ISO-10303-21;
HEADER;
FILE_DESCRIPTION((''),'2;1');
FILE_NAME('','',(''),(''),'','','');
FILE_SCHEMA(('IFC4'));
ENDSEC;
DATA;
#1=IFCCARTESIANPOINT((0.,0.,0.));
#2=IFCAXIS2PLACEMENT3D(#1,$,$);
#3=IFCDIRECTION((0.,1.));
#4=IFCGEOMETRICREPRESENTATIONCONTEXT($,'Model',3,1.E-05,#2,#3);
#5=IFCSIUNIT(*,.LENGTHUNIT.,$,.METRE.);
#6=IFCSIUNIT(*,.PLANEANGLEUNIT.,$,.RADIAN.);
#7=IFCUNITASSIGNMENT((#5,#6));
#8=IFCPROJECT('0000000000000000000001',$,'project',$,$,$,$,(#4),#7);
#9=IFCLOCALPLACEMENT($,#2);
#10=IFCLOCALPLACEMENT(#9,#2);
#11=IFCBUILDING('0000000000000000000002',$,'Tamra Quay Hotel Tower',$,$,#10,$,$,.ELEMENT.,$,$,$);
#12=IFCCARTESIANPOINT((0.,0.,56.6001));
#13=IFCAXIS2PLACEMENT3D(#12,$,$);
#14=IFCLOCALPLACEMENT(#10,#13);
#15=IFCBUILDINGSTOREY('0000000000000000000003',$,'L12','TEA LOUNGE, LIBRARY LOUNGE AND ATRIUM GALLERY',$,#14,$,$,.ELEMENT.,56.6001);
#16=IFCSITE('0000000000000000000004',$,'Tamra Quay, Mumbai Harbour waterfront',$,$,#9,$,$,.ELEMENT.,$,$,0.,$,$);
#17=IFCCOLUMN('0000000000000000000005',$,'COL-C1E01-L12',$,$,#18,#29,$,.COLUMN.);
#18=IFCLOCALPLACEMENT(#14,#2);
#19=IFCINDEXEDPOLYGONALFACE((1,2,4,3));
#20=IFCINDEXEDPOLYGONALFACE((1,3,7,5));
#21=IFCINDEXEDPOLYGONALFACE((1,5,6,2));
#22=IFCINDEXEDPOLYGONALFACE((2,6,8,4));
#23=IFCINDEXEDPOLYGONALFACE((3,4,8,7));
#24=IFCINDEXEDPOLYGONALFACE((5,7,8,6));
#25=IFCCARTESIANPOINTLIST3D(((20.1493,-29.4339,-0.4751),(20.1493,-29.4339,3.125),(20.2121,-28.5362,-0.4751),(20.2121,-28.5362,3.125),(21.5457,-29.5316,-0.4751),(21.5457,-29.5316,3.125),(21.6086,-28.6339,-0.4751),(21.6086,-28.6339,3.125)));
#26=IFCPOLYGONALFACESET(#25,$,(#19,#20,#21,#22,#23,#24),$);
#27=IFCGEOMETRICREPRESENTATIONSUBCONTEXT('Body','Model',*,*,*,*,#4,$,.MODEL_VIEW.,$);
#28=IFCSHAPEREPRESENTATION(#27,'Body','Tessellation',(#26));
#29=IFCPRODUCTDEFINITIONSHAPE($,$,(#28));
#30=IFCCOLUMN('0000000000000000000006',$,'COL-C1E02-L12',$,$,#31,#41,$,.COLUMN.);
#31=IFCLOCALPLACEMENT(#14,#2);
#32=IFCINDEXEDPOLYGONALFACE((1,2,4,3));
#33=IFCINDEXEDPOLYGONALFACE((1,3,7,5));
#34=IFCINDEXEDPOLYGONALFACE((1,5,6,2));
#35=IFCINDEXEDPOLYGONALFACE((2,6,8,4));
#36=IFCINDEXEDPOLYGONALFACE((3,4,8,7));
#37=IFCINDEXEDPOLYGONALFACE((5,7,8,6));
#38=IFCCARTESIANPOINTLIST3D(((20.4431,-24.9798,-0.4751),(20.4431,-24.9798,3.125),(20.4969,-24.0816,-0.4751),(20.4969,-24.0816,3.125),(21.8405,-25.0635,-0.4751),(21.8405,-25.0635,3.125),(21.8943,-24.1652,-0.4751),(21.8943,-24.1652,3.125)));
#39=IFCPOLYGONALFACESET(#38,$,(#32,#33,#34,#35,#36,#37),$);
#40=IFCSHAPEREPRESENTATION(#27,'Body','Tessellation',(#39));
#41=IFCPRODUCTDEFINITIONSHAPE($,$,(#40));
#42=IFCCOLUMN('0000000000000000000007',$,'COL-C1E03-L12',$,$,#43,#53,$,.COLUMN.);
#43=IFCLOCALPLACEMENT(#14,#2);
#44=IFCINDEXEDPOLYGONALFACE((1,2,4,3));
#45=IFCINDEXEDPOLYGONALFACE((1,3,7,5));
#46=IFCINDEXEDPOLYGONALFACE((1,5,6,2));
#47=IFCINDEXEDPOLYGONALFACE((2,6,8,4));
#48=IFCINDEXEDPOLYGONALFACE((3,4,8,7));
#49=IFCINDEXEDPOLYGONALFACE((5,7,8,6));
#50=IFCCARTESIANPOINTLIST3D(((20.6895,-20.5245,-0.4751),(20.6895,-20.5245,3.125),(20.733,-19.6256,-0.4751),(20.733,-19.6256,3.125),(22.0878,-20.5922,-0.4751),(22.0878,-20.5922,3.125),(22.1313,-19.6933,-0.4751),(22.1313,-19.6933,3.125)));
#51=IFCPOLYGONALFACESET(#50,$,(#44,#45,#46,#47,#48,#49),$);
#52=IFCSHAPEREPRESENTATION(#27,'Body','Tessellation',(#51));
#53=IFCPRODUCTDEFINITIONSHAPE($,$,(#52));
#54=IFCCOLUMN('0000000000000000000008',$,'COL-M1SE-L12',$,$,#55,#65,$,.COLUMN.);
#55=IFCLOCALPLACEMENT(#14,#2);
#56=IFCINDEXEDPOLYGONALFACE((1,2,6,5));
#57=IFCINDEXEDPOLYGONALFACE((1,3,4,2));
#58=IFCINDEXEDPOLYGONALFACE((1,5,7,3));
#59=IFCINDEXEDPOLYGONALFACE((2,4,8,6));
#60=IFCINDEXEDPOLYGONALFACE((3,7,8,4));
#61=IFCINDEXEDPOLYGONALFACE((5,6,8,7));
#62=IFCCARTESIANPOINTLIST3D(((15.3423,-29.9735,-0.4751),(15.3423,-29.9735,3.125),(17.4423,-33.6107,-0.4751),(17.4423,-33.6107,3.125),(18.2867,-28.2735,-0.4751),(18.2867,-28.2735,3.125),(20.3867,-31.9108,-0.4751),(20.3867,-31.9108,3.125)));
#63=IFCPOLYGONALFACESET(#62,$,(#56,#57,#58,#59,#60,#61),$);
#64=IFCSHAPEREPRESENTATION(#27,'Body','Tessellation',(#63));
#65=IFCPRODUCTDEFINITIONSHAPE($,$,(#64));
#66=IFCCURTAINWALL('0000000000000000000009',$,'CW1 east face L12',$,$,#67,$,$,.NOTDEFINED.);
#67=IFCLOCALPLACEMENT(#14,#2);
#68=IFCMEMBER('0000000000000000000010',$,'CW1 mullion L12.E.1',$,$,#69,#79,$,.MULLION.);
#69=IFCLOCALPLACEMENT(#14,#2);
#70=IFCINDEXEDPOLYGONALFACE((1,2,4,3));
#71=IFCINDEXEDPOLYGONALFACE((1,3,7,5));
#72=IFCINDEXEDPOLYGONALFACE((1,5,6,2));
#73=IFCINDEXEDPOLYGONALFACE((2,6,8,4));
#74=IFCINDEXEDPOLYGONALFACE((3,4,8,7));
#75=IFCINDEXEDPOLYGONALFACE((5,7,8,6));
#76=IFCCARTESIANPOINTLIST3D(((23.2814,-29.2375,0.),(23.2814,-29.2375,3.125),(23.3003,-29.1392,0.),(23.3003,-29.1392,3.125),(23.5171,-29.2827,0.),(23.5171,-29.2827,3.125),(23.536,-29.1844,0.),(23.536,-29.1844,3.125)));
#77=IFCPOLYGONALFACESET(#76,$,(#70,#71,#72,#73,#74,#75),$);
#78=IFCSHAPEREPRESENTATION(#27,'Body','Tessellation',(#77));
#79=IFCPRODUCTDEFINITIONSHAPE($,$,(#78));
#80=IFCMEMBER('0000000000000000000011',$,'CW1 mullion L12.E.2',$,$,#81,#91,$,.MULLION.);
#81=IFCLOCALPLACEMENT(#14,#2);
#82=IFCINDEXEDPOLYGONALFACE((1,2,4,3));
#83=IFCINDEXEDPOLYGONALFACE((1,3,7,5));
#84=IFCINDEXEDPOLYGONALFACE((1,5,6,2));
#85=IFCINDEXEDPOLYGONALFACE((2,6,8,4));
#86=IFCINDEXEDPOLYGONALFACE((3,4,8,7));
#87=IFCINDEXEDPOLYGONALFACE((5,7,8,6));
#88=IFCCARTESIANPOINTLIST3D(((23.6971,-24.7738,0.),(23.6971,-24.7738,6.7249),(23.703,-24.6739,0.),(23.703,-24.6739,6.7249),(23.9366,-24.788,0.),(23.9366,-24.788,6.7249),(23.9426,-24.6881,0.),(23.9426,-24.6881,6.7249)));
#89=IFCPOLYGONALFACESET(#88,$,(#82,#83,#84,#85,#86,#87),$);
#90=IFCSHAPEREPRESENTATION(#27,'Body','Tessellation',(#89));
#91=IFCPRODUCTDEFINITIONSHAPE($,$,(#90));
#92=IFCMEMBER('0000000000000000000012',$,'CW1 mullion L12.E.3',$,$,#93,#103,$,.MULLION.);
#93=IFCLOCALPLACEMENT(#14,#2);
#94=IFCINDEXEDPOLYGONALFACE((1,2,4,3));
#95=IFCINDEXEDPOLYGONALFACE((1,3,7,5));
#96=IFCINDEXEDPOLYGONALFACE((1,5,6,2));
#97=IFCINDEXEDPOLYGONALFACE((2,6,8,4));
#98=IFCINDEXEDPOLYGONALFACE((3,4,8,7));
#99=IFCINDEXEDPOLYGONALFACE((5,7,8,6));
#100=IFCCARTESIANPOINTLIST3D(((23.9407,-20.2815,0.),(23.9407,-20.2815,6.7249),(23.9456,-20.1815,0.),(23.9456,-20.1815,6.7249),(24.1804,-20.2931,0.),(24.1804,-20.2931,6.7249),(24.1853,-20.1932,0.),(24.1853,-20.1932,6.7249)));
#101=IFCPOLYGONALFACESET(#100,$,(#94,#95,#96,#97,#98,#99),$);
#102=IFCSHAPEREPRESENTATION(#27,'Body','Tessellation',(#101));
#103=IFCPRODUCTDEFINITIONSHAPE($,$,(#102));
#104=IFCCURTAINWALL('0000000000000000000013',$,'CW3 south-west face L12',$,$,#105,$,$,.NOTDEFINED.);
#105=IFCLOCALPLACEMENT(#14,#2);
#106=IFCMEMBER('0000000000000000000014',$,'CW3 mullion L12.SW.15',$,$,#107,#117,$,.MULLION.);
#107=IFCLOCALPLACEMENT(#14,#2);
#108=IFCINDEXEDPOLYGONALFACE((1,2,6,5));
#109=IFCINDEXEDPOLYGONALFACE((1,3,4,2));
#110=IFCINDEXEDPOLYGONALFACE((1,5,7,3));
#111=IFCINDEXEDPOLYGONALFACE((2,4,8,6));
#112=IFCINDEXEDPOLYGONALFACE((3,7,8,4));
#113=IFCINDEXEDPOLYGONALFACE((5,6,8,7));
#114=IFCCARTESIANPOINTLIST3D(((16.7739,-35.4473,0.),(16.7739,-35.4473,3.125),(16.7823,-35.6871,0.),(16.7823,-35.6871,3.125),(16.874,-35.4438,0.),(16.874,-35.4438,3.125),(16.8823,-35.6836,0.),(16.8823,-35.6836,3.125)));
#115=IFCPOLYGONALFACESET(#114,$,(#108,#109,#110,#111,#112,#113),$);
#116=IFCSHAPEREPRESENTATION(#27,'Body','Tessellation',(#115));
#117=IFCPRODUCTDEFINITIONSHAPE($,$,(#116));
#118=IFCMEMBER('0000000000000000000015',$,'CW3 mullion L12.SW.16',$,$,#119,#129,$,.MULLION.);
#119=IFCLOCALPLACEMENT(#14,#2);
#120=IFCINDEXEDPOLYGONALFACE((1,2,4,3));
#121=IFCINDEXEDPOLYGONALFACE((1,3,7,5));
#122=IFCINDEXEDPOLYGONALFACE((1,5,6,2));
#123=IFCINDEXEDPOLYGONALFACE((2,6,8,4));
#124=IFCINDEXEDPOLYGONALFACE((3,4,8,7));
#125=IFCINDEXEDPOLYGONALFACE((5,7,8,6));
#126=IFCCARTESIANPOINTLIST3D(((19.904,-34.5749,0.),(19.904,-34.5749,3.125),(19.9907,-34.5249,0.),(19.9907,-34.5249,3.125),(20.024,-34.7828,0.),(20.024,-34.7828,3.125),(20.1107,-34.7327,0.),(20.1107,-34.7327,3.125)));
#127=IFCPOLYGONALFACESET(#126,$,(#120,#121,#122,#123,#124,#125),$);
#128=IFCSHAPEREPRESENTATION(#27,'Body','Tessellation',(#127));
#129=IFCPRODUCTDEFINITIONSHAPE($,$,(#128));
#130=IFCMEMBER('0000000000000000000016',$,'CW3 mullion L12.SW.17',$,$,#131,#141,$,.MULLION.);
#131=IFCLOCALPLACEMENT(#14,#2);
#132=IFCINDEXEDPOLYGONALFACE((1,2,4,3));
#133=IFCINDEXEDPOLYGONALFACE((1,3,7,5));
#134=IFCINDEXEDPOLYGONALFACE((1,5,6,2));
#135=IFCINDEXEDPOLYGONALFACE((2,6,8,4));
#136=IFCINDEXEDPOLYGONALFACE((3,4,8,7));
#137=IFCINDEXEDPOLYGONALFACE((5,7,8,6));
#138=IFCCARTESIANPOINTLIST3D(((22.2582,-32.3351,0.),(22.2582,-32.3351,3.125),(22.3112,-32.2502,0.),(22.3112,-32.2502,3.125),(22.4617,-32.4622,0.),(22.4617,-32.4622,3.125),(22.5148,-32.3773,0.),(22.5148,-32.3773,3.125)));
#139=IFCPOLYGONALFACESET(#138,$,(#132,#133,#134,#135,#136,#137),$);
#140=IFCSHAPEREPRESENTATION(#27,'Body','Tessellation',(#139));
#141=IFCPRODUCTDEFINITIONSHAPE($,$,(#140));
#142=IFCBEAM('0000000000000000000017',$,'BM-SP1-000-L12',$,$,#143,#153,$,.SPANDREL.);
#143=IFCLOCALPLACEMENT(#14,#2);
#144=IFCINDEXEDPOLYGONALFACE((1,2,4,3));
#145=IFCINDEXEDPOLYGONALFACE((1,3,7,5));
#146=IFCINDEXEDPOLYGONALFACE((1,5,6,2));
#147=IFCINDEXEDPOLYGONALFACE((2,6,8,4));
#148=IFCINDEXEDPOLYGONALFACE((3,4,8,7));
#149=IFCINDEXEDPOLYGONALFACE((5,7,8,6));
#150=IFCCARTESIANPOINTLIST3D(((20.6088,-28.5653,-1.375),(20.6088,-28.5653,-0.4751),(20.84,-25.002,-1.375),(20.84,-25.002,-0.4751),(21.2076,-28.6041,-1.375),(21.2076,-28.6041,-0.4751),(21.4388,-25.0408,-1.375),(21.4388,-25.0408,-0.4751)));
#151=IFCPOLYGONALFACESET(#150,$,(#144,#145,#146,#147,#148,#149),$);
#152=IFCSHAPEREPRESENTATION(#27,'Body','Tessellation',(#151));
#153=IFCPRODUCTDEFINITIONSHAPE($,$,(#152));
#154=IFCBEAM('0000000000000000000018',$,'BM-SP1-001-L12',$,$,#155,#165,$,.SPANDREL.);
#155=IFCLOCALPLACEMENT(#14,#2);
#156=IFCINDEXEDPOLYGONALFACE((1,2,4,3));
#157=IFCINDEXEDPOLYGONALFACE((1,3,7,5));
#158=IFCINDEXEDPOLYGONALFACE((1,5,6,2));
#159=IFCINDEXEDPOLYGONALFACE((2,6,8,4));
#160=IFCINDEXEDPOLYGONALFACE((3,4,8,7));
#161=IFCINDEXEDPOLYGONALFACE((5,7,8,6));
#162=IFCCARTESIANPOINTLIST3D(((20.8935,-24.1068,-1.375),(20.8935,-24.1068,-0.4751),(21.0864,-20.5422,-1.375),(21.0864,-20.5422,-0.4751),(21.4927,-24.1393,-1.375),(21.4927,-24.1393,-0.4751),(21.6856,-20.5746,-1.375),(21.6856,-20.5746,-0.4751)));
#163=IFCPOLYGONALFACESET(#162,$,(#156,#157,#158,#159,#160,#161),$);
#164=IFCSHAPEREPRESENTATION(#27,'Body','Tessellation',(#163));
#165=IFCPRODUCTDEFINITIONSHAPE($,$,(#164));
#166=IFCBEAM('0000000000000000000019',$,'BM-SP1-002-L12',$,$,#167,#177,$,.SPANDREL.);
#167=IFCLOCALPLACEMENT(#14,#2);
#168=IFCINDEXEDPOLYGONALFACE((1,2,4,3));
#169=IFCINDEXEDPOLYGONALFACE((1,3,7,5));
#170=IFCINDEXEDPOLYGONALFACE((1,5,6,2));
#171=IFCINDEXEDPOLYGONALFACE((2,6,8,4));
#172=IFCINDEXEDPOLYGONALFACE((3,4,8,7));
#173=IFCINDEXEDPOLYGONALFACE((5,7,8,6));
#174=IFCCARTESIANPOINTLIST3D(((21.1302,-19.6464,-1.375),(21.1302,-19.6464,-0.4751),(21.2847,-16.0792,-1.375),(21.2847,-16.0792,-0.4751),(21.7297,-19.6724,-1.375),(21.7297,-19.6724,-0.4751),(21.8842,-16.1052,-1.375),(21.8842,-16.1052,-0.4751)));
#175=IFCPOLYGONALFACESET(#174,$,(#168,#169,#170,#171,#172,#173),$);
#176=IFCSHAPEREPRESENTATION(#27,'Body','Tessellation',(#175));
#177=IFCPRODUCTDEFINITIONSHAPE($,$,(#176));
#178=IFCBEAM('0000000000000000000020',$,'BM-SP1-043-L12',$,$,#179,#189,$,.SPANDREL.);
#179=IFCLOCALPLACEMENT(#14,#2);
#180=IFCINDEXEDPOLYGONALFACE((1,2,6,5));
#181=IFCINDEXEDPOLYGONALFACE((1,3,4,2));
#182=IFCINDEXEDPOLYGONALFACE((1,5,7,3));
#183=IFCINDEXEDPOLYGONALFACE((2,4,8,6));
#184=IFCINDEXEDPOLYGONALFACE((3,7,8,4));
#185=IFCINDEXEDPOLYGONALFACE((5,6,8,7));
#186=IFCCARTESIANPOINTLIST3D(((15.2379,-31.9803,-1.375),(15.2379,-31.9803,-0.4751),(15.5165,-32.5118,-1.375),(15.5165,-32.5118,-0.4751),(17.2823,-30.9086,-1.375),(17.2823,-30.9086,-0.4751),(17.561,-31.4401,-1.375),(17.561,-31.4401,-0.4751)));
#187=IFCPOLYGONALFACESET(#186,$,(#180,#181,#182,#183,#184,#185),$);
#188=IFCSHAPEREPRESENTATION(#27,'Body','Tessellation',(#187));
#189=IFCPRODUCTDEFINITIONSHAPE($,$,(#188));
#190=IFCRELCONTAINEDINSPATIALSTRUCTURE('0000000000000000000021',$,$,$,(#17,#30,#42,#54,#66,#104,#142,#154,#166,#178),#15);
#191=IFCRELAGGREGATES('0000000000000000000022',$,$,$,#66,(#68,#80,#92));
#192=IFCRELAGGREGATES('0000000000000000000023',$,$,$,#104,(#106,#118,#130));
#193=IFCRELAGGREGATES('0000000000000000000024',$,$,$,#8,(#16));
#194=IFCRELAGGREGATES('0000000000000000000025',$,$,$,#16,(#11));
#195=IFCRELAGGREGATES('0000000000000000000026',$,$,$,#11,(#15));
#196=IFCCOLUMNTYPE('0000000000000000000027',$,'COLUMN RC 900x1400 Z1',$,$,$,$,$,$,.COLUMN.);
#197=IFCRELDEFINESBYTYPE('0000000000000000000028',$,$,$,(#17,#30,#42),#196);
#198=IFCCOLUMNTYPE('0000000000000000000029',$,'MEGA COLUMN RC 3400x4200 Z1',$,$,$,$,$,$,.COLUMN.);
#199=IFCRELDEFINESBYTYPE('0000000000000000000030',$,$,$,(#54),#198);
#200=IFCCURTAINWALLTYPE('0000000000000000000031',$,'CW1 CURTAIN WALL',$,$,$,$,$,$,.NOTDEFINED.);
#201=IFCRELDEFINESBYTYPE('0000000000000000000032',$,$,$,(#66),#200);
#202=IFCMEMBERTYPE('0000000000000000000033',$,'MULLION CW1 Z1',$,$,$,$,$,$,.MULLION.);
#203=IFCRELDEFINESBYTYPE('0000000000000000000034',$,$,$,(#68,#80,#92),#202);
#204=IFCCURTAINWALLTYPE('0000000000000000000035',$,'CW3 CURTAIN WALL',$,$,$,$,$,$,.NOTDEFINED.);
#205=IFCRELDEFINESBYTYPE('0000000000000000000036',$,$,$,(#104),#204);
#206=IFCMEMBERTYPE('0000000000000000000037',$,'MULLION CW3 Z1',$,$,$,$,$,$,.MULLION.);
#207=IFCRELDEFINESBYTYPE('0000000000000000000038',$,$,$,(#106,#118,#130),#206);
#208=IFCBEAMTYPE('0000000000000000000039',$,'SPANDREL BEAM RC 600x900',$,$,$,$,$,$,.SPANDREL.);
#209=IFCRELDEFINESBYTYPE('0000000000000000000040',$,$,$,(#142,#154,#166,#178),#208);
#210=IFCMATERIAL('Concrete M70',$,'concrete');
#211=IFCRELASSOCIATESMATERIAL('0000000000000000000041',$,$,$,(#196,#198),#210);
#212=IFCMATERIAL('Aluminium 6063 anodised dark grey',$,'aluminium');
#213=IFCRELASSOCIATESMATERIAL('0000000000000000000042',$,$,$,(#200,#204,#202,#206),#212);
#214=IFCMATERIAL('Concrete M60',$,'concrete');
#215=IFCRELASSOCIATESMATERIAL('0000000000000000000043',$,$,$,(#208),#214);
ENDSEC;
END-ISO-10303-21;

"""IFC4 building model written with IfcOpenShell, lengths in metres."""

from ifc_helpers import new_model, si_unit, direction, frame, origin, origin_2d, place, context, subcontext, project, spatial, rectangle, extrude, material, material_profile, profile_set, type_object, element, aggregate, save


model = new_model("IFC4")

# Units and contexts
model_context = context("Model", 3, precision=1e-05, world=origin(), true_north=direction((0.0, 1.0)))
body_context = subcontext(model_context, "Body", "Model", "MODEL_VIEW")
ifc_project = project(units=[si_unit("LENGTHUNIT", "METRE"), si_unit("PLANEANGLEUNIT", "RADIAN")], contexts=[model_context])

# Site, building, storey
site_placement = place(None, origin())
site = spatial("IfcSite", under=ifc_project, at=site_placement, Name="Tamra Quay, Mumbai Harbour waterfront", CompositionType="ELEMENT", RefElevation=0.0)
building_placement = place(site_placement, origin())
building = spatial("IfcBuilding", under=site, at=building_placement, Name="Tamra Quay Hotel Tower", CompositionType="ELEMENT")
storey_placement = place(building_placement, frame((0.0, 0.0, 56.6001)))
storey = spatial("IfcBuildingStorey", under=building, at=storey_placement, Name="L12", Description="TEA LOUNGE, LIBRARY LOUNGE AND ATRIUM GALLERY", CompositionType="ELEMENT", Elevation=56.6001)

# Columns
ifc_material_1 = material(Name="Concrete M70", Category="concrete")
ifc_material_profile_1 = material_profile(ifc_material_1, rectangle(XDim=1.3999, YDim=0.8999, at=origin_2d()), Name="COLUMN RC 900x1400 Z1")
ifc_profile_set_1 = profile_set([ifc_material_profile_1], Name="Concrete M70")
column_type_1 = type_object("IfcColumnType", Name="COLUMN RC 900x1400 Z1", PredefinedType="COLUMN", material=ifc_profile_set_1)
for number, where, z_axis, x_axis, name in (
    (1, (20.8789, -29.0339, -0.4751), (0.0, 0.0, 1.0), (-0.997562, 0.06979, 0.0), "COL-C1E01-L12"),
    (2, (21.1687, -24.5725, -0.4751), (0.0, 0.0, 1.0), (-0.998214, 0.059733, 0.0), "COL-C1E02-L12"),
    (3, (21.4104, -20.1089, -0.4751), (0.0, 0.0, 1.0), (-0.998831, 0.048344, 0.0), "COL-C1E03-L12"),
):
    element("IfcColumn", number, at=place(storey_placement, frame(where, z_axis=z_axis, x_axis=x_axis)), inside=storey, type_object=column_type_1, Name=name, PredefinedType="COLUMN", context=body_context, shape_type="SweptSolid", body=[
        extrude(rectangle(XDim=1.3999, YDim=0.8999, at=origin_2d()), origin(), (0.0, 0.0, 1.0), 3.6001),
    ])
ifc_material_profile_2 = material_profile(ifc_material_1, rectangle(XDim=4.2, YDim=3.3999, at=origin_2d()), Name="MEGA COLUMN RC 3400x4200 Z1")
ifc_profile_set_2 = profile_set([ifc_material_profile_2], Name="Concrete M70")
column_type_2 = type_object("IfcColumnType", Name="MEGA COLUMN RC 3400x4200 Z1", PredefinedType="COLUMN", material=ifc_profile_set_2)
column_placement = place(storey_placement, frame((17.8645, -30.9421, -0.4751), z_axis=(0.0, 0.0, 1.0), x_axis=(-0.5, 0.866025, 0.0)))
element("IfcColumn", 4, at=column_placement, inside=storey, type_object=column_type_2, Name="COL-M1SE-L12", PredefinedType="COLUMN", context=body_context, shape_type="SweptSolid", body=[
    extrude(rectangle(XDim=4.2, YDim=3.3999, at=origin_2d()), origin(), (0.0, 0.0, 1.0), 3.6001),
])

# Curtain walls, members
ifc_material_2 = material(Name="Aluminium 6063 anodised dark grey", Category="aluminium")
curtain_wall_type_1 = type_object("IfcCurtainWallType", Name="CW1 CURTAIN WALL", PredefinedType="NOTDEFINED", material=ifc_material_2)
curtain_wall_1_placement = place(storey_placement, origin())
curtain_wall_1 = element("IfcCurtainWall", 5, at=curtain_wall_1_placement, inside=storey, type_object=curtain_wall_type_1, Name="CW1 east face L12", PredefinedType="NOTDEFINED")
ifc_material_profile_3 = material_profile(ifc_material_2, rectangle(XDim=0.24, YDim=0.1001, at=origin_2d()), Name="MULLION 100X240")
ifc_profile_set_3 = profile_set([ifc_material_profile_3], Name="Aluminium 6063 anodised dark grey")
member_type_1 = type_object("IfcMemberType", Name="MULLION CW1 Z1", PredefinedType="MULLION", material=ifc_profile_set_3)
member_1_placement = place(storey_placement, frame((23.4087, -29.2109, 0.0), z_axis=(0.0, 0.0, 1.0), x_axis=(0.982095, -0.188389, 0.0)))
member_1 = element("IfcMember", 6, at=member_1_placement, type_object=member_type_1, Name="CW1 mullion L12.E.1", PredefinedType="MULLION", context=body_context, shape_type="SweptSolid", body=[
    extrude(rectangle(XDim=0.24, YDim=0.1001, at=origin_2d()), origin(), (0.0, 0.0, 1.0), 3.125),
])
member_2_placement = place(storey_placement, frame((23.8198, -24.731, 0.0), z_axis=(0.0, 0.0, 1.0), x_axis=(0.998232, -0.059438, 0.0)))
member_2 = element("IfcMember", 7, at=member_2_placement, type_object=member_type_1, Name="CW1 mullion L12.E.2", PredefinedType="MULLION", context=body_context, shape_type="SweptSolid", body=[
    extrude(rectangle(XDim=0.24, YDim=0.1001, at=origin_2d()), origin(), (0.0, 0.0, 1.0), 6.7249),
])
member_3_placement = place(storey_placement, frame((24.063, -20.2373, 0.0), z_axis=(0.0, 0.0, 1.0), x_axis=(0.998815, -0.048674, 0.0)))
member_3 = element("IfcMember", 8, at=member_3_placement, type_object=member_type_1, Name="CW1 mullion L12.E.3", PredefinedType="MULLION", context=body_context, shape_type="SweptSolid", body=[
    extrude(rectangle(XDim=0.24, YDim=0.1001, at=origin_2d()), origin(), (0.0, 0.0, 1.0), 6.7249),
])
curtain_wall_type_2 = type_object("IfcCurtainWallType", Name="CW3 CURTAIN WALL", PredefinedType="NOTDEFINED", material=ifc_material_2)
curtain_wall_2_placement = place(storey_placement, origin())
curtain_wall_2 = element("IfcCurtainWall", 9, at=curtain_wall_2_placement, inside=storey, type_object=curtain_wall_type_2, Name="CW3 south-west face L12", PredefinedType="NOTDEFINED")
ifc_material_profile_4 = material_profile(ifc_material_2, rectangle(XDim=0.24, YDim=0.1001, at=origin_2d()), Name="MULLION 100X240")
ifc_profile_set_4 = profile_set([ifc_material_profile_4], Name="Aluminium 6063 anodised dark grey")
member_type_2 = type_object("IfcMemberType", Name="MULLION CW3 Z1", PredefinedType="MULLION", material=ifc_profile_set_4)
member_4_placement = place(storey_placement, frame((16.8281, -35.5654, 0.0), z_axis=(0.0, 0.0, 1.0), x_axis=(0.034916, -0.99939, 0.0)))
member_4 = element("IfcMember", 10, at=member_4_placement, type_object=member_type_2, Name="CW3 mullion L12.SW.15", PredefinedType="MULLION", context=body_context, shape_type="SweptSolid", body=[
    extrude(rectangle(XDim=0.24, YDim=0.1001, at=origin_2d()), origin(), (0.0, 0.0, 1.0), 3.125),
])
member_5_placement = place(storey_placement, frame((20.0073, -34.6538, 0.0), z_axis=(0.0, 0.0, 1.0), x_axis=(0.5, -0.866025, 0.0)))
member_5 = element("IfcMember", 11, at=member_5_placement, type_object=member_type_2, Name="CW3 mullion L12.SW.16", PredefinedType="MULLION", context=body_context, shape_type="SweptSolid", body=[
    extrude(rectangle(XDim=0.24, YDim=0.1001, at=origin_2d()), origin(), (0.0, 0.0, 1.0), 3.125),
])
member_6_placement = place(storey_placement, frame((22.3865, -32.3562, 0.0), z_axis=(0.0, 0.0, 1.0), x_axis=(0.848039, -0.529933, 0.0)))
member_6 = element("IfcMember", 12, at=member_6_placement, type_object=member_type_2, Name="CW3 mullion L12.SW.17", PredefinedType="MULLION", context=body_context, shape_type="SweptSolid", body=[
    extrude(rectangle(XDim=0.24, YDim=0.1001, at=origin_2d()), origin(), (0.0, 0.0, 1.0), 3.125),
])

# Beams
ifc_material_3 = material(Name="Concrete M60", Category="concrete")
ifc_material_profile_5 = material_profile(ifc_material_3, rectangle(XDim=0.6001, YDim=0.8999, at=origin_2d()), Name="SPANDREL BEAM RC 600x900")
ifc_profile_set_5 = profile_set([ifc_material_profile_5], Name="Concrete M60")
beam_type = type_object("IfcBeamType", Name="SPANDREL BEAM RC 600x900", PredefinedType="SPANDREL", material=ifc_profile_set_5)
beam_1_placement = place(storey_placement, frame((20.9082, -28.5847, -0.925), z_axis=(0.064749, 0.997902, 0.0), x_axis=(-0.997902, 0.064749, 0.0)))
element("IfcBeam", 13, at=beam_1_placement, inside=storey, type_object=beam_type, Name="BM-SP1-000-L12", PredefinedType="SPANDREL", context=body_context, shape_type="SweptSolid", body=[
    extrude(rectangle(XDim=0.6001, YDim=0.8999, at=origin_2d()), origin(), (0.0, 0.0, 1.0), 3.5708),
])
beam_2_placement = place(storey_placement, frame((21.1931, -24.123, -0.925), z_axis=(0.054027, 0.998539, 0.0), x_axis=(-0.998539, 0.054027, 0.0)))
element("IfcBeam", 14, at=beam_2_placement, inside=storey, type_object=beam_type, Name="BM-SP1-001-L12", PredefinedType="SPANDREL", context=body_context, shape_type="SweptSolid", body=[
    extrude(rectangle(XDim=0.6001, YDim=0.8999, at=origin_2d()), origin(), (0.0, 0.0, 1.0), 3.5698),
])
beam_3_placement = place(storey_placement, frame((21.4299, -19.6594, -0.925), z_axis=(0.043283, 0.999063, 0.0), x_axis=(-0.999063, 0.043283, 0.0)))
element("IfcBeam", 15, at=beam_3_placement, inside=storey, type_object=beam_type, Name="BM-SP1-002-L12", PredefinedType="SPANDREL", context=body_context, shape_type="SweptSolid", body=[
    extrude(rectangle(XDim=0.6001, YDim=0.8999, at=origin_2d()), origin(), (0.0, 0.0, 1.0), 3.5706),
])
beam_4_placement = place(storey_placement, frame((15.3772, -32.2461, -0.925), z_axis=(0.885674, 0.464307, 0.0), x_axis=(-0.464307, 0.885674, 0.0)))
element("IfcBeam", 16, at=beam_4_placement, inside=storey, type_object=beam_type, Name="BM-SP1-043-L12", PredefinedType="SPANDREL", context=body_context, shape_type="SweptSolid", body=[
    extrude(rectangle(XDim=0.6001, YDim=0.8999, at=origin_2d()), origin(), (0.0, 0.0, 1.0), 2.3083),
])

aggregate(curtain_wall_1, [member_1, member_2, member_3])
aggregate(curtain_wall_2, [member_4, member_5, member_6])

save(model, "model.ifc")
